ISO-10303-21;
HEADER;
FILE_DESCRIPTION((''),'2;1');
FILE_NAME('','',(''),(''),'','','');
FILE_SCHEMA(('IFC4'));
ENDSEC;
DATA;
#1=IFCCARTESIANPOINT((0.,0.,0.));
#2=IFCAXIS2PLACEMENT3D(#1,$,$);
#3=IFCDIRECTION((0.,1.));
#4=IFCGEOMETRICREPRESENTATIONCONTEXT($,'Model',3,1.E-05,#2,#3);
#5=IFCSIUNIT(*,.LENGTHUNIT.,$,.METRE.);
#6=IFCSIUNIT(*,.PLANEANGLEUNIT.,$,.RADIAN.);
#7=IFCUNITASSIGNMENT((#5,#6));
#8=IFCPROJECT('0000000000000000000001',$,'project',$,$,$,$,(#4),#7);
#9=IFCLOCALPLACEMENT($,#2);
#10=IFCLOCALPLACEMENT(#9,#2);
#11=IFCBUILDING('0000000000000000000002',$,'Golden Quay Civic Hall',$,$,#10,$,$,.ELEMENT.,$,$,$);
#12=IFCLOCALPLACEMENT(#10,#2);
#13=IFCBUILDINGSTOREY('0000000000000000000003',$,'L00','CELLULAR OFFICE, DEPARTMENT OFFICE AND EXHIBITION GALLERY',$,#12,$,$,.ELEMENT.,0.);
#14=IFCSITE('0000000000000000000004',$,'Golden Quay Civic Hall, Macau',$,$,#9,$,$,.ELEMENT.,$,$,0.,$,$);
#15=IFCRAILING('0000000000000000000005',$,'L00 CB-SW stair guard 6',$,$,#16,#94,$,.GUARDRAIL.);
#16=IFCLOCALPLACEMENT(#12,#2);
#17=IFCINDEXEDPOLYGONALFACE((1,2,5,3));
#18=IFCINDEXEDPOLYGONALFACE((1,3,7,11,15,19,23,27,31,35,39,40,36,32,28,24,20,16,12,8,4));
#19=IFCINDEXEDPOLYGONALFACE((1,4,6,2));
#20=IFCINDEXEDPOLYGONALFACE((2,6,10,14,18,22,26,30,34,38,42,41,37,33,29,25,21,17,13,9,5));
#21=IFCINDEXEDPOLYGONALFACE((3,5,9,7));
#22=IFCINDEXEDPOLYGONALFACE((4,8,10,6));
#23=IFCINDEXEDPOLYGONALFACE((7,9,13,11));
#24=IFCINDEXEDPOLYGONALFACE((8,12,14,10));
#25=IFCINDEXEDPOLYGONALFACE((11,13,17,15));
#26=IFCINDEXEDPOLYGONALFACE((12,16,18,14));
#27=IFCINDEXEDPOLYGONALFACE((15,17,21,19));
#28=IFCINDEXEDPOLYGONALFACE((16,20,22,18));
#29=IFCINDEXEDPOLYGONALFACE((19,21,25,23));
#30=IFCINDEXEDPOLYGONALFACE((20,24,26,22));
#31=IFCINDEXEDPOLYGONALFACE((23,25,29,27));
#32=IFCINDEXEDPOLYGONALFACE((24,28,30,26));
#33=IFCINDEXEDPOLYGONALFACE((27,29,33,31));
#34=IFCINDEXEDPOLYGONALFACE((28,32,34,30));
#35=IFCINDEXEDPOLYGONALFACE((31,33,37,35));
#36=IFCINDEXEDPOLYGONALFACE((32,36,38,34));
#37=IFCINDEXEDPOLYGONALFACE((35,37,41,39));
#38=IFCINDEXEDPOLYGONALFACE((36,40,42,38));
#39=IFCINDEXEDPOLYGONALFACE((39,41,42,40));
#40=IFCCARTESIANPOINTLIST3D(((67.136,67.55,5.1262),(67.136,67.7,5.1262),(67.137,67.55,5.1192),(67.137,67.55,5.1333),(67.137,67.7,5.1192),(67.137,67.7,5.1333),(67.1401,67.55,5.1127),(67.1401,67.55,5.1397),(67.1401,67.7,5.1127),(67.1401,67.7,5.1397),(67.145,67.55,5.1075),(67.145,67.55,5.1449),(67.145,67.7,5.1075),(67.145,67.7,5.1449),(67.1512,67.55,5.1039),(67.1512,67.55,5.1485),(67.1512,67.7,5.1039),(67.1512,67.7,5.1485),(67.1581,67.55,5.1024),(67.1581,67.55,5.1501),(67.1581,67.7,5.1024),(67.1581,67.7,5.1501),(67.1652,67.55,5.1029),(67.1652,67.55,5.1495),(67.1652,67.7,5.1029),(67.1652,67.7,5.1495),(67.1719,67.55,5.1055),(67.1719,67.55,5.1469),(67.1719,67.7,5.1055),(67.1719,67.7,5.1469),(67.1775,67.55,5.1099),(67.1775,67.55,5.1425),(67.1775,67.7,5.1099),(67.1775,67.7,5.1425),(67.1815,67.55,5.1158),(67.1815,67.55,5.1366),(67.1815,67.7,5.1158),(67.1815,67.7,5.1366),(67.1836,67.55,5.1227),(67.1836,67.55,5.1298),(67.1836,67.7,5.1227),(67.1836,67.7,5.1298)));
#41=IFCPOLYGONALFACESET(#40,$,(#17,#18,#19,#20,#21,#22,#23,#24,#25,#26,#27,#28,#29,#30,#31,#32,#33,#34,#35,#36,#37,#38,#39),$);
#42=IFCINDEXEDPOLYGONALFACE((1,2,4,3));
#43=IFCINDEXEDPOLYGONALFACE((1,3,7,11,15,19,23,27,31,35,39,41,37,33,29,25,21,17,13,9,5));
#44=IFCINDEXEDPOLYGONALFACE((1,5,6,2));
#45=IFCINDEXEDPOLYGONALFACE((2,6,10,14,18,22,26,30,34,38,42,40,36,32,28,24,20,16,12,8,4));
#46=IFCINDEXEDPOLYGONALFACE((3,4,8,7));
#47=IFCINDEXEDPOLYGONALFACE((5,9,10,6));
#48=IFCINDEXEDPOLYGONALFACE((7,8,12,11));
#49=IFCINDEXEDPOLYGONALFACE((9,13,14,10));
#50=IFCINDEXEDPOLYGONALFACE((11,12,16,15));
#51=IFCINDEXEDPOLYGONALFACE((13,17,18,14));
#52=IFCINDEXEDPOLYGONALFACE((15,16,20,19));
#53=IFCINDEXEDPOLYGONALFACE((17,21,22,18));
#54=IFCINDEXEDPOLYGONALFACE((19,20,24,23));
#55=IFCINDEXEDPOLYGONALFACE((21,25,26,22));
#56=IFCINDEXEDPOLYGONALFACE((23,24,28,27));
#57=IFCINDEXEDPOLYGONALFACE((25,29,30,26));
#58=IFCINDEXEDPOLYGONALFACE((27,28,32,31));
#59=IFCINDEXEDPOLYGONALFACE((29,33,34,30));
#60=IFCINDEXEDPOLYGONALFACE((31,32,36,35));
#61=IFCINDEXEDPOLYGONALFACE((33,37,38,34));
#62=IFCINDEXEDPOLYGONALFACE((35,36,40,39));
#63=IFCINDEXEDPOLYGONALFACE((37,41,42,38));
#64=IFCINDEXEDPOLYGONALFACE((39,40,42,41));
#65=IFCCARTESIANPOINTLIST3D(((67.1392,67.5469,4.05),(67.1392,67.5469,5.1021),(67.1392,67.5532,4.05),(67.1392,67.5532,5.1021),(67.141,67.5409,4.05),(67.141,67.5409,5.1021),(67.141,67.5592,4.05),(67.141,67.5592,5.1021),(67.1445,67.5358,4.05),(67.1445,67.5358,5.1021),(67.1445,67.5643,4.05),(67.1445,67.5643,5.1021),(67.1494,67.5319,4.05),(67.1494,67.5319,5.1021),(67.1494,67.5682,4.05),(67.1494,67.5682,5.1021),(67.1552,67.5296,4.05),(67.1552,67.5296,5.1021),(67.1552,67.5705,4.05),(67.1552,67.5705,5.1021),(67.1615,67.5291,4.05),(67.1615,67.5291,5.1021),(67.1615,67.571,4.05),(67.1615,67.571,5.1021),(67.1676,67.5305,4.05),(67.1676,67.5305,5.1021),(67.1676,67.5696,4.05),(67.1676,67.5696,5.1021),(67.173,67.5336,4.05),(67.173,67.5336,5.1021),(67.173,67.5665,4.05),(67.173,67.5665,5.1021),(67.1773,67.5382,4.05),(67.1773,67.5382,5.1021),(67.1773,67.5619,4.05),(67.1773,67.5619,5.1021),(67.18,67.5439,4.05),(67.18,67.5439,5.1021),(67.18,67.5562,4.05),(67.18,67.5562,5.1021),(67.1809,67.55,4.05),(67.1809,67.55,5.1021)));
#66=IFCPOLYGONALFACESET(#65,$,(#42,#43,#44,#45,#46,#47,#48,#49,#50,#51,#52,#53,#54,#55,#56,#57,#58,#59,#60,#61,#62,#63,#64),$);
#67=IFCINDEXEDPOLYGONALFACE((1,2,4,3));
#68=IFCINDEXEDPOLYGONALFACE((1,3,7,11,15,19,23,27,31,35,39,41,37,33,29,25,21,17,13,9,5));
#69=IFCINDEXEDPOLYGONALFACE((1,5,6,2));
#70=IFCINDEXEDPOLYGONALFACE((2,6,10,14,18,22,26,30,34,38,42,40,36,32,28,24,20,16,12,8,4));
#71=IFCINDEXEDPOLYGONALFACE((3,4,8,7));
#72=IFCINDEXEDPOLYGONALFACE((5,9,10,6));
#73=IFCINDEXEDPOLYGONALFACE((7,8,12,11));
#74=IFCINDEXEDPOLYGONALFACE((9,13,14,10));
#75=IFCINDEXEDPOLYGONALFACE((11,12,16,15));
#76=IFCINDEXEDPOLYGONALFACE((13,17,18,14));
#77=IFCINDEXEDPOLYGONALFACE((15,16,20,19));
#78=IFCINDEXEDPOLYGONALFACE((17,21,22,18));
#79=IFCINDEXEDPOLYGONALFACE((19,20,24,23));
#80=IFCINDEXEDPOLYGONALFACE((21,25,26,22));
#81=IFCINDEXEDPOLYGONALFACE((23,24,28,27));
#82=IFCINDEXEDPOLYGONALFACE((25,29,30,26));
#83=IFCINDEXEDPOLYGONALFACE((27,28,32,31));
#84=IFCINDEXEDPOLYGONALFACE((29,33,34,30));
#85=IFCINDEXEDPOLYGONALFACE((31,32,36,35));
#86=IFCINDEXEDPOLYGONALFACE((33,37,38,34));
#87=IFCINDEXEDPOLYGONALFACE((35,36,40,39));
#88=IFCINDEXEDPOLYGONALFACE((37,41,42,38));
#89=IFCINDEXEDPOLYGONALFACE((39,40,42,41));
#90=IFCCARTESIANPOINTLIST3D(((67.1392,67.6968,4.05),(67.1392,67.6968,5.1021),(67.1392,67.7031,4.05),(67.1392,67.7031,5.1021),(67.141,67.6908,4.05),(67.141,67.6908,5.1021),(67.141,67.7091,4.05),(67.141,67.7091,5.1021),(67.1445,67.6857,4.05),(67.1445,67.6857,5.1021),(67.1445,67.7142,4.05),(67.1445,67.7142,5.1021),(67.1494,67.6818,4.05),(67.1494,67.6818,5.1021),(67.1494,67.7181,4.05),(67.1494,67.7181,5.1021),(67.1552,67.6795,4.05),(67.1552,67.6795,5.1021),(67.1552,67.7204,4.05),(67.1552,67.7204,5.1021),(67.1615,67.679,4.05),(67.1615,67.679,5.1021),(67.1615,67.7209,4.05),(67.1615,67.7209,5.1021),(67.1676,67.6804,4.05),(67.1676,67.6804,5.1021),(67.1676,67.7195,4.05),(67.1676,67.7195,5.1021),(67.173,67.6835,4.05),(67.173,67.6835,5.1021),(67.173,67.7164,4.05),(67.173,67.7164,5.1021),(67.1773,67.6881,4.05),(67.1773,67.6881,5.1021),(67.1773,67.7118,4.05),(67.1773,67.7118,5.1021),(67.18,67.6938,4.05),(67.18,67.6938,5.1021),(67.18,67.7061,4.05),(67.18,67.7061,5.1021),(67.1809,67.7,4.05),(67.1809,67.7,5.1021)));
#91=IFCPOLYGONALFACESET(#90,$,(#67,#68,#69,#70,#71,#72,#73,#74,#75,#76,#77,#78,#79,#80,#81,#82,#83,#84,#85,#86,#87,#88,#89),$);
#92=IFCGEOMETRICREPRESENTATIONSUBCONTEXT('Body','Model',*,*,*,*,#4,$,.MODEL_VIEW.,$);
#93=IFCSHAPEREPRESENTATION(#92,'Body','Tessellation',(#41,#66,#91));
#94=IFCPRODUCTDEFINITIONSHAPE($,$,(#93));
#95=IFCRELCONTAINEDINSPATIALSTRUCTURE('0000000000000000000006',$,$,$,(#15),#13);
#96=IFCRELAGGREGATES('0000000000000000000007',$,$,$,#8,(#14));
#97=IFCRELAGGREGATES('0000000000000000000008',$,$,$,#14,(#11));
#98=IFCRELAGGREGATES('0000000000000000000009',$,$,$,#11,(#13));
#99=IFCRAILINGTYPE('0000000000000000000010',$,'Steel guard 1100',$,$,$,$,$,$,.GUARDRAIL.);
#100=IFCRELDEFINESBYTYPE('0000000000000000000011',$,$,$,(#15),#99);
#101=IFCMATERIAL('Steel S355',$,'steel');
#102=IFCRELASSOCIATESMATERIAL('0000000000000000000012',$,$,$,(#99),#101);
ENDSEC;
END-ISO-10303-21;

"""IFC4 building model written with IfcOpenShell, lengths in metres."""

from ifc_helpers import new_model, si_unit, direction, frame, origin, origin_2d, place, context, subcontext, project, spatial, circle, extrude, material, type_object, element, save


model = new_model("IFC4")

# Units and contexts
model_context = context("Model", 3, precision=1e-05, world=origin(), true_north=direction((0.0, 1.0)))
body_context = subcontext(model_context, "Body", "Model", "MODEL_VIEW")
ifc_project = project(units=[si_unit("LENGTHUNIT", "METRE"), si_unit("PLANEANGLEUNIT", "RADIAN")], contexts=[model_context])

# Site, building, storey
site_placement = place(None, origin())
site = spatial("IfcSite", under=ifc_project, at=site_placement, Name="Golden Quay Civic Hall, Macau", CompositionType="ELEMENT", RefElevation=0.0)
building_placement = place(site_placement, origin())
building = spatial("IfcBuilding", under=site, at=building_placement, Name="Golden Quay Civic Hall", CompositionType="ELEMENT")
storey_placement = place(building_placement, origin())
storey = spatial("IfcBuildingStorey", under=building, at=storey_placement, Name="L00", Description="CELLULAR OFFICE, DEPARTMENT OFFICE AND EXHIBITION GALLERY", CompositionType="ELEMENT", Elevation=0.0)

# Railing
ifc_material_1 = material(Name="Steel S355", Category="steel")
railing_type_1 = type_object("IfcRailingType", Name="Steel guard 1100", PredefinedType="GUARDRAIL", material=ifc_material_1)
railing_1_placement = place(storey_placement, frame((67.1599, 67.55, 4.05)))
element("IfcRailing", 1, at=railing_1_placement, inside=storey, type_object=railing_type_1, Name="L00 CB-SW stair guard 6", PredefinedType="GUARDRAIL", context=body_context, shape_type="SweptSolid", body=[
    extrude(circle(Radius=0.0239, at=origin_2d()), frame((0.0, 0.0, 1.0762), z_axis=(0.0, 1.0, 0.0), x_axis=(-1.0, 0.0, 0.0)), (0.0, 0.0, 1.0), 0.1499),
    extrude(circle(Radius=0.021, at=origin_2d()), origin(), (0.0, 0.0, 1.0), 1.052),
    extrude(circle(Radius=0.021, at=origin_2d()), frame((0.0, 0.1499, 0.0)), (0.0, 0.0, 1.0), 1.052),
])

save(model, "model.ifc")
